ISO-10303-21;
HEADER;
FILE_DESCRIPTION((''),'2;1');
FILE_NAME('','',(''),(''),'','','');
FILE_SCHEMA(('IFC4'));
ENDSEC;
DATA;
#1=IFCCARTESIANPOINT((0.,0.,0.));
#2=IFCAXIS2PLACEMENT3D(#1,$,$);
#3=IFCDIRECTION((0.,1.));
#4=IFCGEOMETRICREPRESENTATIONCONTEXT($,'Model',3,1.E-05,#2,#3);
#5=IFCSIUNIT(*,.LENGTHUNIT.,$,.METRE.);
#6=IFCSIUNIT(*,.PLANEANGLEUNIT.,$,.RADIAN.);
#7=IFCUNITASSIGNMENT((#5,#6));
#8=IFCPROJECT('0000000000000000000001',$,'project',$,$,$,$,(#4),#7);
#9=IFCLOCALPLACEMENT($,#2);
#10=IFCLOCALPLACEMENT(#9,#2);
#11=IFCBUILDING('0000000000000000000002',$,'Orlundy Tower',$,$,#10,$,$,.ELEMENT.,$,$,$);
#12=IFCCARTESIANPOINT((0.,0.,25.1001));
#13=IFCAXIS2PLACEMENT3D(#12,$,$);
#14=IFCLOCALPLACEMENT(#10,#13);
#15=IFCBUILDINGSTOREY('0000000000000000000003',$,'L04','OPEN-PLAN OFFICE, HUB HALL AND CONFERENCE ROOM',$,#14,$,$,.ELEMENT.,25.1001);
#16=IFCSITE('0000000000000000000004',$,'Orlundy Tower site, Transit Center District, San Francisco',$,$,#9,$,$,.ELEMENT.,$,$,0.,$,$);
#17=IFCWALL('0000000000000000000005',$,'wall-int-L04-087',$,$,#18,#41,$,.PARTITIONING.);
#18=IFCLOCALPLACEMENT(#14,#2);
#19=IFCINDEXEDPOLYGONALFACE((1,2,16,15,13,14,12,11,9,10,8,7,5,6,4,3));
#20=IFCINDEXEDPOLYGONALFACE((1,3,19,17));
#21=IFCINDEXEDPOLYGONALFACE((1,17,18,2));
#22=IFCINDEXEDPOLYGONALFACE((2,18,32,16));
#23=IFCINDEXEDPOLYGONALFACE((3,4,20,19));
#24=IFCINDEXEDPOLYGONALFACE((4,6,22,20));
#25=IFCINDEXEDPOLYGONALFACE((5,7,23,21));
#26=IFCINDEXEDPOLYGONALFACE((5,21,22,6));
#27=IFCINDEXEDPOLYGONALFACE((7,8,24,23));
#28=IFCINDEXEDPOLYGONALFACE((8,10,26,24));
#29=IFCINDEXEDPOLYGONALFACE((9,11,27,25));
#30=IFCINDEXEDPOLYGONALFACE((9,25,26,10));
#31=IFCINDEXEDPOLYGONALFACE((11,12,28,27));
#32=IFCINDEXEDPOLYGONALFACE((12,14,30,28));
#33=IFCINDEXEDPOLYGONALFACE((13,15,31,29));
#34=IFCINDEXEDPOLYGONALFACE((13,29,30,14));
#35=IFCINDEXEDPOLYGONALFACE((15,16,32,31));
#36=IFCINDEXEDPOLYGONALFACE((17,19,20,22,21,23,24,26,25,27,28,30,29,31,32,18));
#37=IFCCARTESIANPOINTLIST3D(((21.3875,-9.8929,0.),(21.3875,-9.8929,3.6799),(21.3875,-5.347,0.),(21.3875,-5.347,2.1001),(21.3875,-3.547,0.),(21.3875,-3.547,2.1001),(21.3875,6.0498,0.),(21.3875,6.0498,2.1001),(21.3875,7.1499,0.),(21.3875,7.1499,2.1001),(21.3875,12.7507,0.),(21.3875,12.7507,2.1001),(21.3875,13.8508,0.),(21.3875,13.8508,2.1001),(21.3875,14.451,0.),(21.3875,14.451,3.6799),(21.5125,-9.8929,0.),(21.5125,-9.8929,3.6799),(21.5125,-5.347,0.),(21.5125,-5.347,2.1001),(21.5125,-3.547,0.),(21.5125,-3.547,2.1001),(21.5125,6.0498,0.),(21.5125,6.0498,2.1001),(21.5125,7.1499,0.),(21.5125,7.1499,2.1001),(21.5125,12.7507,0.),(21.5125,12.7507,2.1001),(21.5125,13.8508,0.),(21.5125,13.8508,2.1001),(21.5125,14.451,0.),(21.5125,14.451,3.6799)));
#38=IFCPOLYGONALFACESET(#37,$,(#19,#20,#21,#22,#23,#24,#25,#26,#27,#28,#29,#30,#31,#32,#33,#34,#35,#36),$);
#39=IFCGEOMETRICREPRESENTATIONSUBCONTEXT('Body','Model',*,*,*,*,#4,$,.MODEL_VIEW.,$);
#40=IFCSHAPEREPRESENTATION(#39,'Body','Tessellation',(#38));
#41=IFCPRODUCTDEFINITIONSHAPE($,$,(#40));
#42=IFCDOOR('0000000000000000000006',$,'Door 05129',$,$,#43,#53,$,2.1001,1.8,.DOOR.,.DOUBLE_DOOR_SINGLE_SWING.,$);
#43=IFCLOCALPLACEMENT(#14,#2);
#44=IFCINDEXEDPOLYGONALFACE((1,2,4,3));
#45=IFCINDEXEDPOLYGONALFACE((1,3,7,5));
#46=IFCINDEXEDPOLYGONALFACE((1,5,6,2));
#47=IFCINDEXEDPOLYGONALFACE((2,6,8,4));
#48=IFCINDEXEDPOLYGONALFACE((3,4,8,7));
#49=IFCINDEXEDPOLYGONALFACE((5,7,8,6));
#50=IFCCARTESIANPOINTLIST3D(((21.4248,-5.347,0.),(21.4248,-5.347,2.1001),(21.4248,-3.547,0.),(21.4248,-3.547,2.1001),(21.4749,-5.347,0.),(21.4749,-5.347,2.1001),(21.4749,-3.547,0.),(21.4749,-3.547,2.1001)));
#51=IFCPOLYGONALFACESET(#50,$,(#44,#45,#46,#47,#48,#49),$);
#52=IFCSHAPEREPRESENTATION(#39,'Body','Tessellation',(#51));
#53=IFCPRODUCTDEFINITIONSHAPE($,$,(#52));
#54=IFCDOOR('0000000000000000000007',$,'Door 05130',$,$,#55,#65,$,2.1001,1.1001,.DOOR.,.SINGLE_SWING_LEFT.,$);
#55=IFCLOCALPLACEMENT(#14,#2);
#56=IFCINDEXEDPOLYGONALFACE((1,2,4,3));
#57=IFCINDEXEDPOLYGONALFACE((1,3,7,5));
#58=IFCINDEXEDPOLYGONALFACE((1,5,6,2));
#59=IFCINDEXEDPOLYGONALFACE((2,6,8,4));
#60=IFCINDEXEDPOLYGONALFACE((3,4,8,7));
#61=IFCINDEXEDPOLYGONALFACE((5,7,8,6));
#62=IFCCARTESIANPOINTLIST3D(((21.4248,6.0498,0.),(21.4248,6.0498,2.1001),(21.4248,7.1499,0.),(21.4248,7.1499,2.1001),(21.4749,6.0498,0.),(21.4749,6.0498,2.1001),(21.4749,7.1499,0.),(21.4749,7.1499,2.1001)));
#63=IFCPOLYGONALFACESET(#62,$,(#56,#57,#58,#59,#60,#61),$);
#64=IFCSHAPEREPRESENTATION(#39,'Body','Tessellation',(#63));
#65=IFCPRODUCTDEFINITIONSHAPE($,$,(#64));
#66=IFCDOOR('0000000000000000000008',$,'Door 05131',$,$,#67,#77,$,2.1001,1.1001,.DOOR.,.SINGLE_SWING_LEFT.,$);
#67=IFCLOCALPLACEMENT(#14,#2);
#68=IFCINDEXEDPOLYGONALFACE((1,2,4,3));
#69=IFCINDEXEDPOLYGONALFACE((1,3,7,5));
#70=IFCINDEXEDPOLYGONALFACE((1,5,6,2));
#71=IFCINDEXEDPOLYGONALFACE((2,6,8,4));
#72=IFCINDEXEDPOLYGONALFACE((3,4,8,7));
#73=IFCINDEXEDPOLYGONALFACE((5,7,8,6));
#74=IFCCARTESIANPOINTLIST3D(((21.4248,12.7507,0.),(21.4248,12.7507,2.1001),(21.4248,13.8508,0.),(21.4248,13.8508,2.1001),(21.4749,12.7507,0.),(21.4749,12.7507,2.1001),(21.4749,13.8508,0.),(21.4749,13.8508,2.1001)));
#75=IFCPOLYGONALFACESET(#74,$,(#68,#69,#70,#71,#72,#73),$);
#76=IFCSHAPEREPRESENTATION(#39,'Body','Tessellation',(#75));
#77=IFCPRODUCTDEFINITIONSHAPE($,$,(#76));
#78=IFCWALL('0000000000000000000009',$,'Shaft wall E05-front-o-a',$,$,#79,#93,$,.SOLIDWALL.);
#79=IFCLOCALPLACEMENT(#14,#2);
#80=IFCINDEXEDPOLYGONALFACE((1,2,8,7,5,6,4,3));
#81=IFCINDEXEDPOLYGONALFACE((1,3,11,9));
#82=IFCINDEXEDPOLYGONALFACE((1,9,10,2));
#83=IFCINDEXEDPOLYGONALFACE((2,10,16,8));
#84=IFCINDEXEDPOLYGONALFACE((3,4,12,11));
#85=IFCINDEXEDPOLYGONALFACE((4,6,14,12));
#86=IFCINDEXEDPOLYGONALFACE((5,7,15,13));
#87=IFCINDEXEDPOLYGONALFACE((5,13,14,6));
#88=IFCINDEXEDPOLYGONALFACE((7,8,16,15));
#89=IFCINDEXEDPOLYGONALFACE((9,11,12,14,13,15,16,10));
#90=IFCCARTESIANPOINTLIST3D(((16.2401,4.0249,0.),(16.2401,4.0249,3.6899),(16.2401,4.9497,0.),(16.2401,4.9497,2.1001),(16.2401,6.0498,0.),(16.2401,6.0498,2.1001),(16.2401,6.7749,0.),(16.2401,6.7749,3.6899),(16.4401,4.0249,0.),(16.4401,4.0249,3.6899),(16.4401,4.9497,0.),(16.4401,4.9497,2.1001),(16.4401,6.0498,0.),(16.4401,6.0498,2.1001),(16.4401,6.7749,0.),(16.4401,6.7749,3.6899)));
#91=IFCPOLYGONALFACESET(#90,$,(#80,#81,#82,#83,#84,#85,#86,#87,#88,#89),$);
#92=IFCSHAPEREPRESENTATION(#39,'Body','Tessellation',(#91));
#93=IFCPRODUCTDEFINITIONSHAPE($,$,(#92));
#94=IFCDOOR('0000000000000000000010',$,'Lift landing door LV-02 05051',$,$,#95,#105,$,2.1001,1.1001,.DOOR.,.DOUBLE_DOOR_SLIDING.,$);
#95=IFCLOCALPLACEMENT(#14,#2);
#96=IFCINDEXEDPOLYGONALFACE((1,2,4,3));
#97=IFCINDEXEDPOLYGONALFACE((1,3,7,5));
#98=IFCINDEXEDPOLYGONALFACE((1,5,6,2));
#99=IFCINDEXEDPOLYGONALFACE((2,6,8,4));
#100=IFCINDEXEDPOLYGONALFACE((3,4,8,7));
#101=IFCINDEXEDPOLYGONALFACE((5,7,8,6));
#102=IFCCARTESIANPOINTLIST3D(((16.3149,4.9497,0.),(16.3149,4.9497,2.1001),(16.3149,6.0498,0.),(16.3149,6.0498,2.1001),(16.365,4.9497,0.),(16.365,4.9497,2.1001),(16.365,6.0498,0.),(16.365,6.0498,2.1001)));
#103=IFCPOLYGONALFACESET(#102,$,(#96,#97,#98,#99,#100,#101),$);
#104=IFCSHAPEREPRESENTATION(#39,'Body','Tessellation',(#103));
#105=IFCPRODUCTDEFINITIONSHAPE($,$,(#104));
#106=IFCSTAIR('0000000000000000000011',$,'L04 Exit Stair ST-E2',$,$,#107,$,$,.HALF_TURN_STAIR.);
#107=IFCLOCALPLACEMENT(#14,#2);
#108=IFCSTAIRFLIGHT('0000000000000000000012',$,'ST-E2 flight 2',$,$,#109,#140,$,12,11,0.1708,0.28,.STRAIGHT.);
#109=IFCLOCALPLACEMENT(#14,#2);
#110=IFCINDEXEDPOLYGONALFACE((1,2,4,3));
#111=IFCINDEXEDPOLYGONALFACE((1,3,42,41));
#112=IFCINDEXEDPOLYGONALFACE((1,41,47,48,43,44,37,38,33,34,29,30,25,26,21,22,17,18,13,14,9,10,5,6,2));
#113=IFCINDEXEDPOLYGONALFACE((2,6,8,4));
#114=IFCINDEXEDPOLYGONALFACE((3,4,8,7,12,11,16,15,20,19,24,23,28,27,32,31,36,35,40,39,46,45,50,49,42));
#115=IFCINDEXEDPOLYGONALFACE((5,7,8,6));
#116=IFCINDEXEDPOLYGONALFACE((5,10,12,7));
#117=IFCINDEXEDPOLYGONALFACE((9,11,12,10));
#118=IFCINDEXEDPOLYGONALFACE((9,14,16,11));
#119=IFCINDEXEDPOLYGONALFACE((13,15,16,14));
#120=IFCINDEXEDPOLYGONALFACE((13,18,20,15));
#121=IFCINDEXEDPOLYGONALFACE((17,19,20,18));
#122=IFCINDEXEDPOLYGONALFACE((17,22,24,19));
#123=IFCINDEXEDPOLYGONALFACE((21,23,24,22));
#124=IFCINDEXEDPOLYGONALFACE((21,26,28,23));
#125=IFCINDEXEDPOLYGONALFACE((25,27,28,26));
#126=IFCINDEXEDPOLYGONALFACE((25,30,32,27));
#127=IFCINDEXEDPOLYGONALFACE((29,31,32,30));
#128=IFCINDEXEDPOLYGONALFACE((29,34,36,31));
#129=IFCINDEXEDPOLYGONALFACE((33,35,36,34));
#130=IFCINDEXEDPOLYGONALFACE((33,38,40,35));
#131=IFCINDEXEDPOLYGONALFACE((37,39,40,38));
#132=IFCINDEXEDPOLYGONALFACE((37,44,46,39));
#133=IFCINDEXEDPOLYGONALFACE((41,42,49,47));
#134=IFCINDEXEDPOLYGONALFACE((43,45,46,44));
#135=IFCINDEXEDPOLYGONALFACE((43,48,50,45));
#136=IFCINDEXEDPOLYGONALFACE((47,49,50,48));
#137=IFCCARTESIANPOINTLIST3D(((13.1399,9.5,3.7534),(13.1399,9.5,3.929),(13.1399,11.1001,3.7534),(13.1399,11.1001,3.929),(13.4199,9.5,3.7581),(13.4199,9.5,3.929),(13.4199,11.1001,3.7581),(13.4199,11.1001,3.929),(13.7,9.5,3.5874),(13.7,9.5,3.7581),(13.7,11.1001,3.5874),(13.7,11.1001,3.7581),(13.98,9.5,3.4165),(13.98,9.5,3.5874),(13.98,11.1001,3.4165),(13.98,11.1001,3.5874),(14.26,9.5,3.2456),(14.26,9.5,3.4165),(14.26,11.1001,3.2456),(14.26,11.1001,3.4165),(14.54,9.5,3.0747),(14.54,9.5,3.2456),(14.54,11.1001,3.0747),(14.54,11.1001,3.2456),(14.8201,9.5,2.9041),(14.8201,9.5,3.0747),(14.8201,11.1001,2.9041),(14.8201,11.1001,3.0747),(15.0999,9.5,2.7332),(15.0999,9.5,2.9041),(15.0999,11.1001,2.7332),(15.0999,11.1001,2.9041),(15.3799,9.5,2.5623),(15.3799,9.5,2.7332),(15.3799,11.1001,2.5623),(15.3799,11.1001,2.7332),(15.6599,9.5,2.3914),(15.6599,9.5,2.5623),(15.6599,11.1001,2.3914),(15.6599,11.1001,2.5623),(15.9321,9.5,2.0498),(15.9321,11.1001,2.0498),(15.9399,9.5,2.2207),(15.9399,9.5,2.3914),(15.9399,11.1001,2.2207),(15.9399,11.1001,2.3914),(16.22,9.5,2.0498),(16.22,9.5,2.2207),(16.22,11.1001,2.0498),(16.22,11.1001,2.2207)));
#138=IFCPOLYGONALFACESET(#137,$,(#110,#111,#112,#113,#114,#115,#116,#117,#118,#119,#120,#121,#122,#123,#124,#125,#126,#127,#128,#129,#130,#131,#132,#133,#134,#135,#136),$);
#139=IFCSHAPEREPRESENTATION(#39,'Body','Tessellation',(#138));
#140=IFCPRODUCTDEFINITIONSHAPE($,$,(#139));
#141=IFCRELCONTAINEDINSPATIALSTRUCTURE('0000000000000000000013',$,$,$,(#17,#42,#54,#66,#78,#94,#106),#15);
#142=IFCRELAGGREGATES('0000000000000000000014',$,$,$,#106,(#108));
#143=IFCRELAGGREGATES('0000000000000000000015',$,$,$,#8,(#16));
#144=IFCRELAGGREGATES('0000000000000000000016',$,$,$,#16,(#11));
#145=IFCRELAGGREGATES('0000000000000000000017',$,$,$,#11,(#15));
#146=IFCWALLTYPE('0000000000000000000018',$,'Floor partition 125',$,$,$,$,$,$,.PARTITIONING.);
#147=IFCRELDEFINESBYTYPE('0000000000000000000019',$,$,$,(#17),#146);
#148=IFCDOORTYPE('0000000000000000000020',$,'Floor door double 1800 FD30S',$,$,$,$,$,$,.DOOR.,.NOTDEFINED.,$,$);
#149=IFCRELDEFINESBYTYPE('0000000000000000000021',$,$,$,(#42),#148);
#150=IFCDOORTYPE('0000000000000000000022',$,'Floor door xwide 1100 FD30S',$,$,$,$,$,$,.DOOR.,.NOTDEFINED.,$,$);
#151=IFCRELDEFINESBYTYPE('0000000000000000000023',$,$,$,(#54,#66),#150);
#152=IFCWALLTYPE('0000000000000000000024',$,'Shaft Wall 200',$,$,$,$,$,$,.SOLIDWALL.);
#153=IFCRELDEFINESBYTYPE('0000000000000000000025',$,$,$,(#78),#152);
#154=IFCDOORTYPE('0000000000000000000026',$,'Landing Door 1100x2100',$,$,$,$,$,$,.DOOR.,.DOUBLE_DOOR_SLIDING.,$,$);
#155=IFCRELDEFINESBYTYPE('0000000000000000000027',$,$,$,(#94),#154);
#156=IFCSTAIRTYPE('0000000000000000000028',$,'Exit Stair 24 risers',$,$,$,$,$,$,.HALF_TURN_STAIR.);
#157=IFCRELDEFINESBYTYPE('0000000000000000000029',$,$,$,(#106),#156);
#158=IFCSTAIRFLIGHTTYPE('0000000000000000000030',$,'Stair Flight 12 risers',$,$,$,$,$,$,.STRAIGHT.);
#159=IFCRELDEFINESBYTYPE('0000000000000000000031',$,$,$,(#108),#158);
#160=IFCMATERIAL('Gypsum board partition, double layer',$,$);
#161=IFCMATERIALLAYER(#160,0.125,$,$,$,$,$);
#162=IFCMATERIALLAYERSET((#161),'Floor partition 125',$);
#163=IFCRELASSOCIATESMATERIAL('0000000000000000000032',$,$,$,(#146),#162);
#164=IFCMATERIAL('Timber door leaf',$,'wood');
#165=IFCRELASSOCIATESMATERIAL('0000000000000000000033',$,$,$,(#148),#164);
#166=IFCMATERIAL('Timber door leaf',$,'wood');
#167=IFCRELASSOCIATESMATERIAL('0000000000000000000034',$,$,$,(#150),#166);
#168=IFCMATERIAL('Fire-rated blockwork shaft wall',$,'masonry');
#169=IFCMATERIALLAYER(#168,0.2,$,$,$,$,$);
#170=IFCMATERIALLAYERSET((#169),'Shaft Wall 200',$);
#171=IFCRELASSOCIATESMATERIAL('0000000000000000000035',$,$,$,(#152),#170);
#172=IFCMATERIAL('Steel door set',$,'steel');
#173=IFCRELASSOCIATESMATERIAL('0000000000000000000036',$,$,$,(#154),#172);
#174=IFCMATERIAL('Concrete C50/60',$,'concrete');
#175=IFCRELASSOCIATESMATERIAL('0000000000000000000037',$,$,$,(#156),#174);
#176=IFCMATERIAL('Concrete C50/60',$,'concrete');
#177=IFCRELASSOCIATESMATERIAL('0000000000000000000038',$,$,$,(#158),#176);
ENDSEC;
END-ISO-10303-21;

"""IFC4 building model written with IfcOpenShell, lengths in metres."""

from ifc_helpers import new_model, si_unit, direction, frame, frame_2d, origin, place, context, subcontext, project, spatial, polyline, rectangle, outline, extrude, material, layer, layer_set, type_object, element, fill, aggregate, save


model = new_model("IFC4")

# Units and contexts
model_context = context("Model", 3, precision=1e-05, world=origin(), true_north=direction((0.0, 1.0)))
body_context = subcontext(model_context, "Body", "Model", "MODEL_VIEW")
ifc_project = project(units=[si_unit("LENGTHUNIT", "METRE"), si_unit("PLANEANGLEUNIT", "RADIAN")], contexts=[model_context])

# Site, building, storey
site_placement = place(None, origin())
site = spatial("IfcSite", under=ifc_project, at=site_placement, Name="Orlundy Tower site, Transit Center District, San Francisco", CompositionType="ELEMENT", RefElevation=0.0)
building_placement = place(site_placement, origin())
building = spatial("IfcBuilding", under=site, at=building_placement, Name="Orlundy Tower", CompositionType="ELEMENT")
storey_placement = place(building_placement, frame((0.0, 0.0, 25.1001)))
storey = spatial("IfcBuildingStorey", under=building, at=storey_placement, Name="L04", Description="OPEN-PLAN OFFICE, HUB HALL AND CONFERENCE ROOM", CompositionType="ELEMENT", Elevation=25.1001)

# Wall, openings, doors
ifc_material_1 = material(Name="Gypsum board partition, double layer")
ifc_layer_1 = layer(ifc_material_1, 0.125)
ifc_layer_set_1 = layer_set([ifc_layer_1], Name="Floor partition 125")
wall_type_1 = type_object("IfcWallType", Name="Floor partition 125", PredefinedType="PARTITIONING", material=ifc_layer_set_1)
wall_1_placement = place(storey_placement, frame((21.45, 14.4509, 0.0), z_axis=(0.0, 0.0, 1.0), x_axis=(0.0, -1.0, 0.0)))
wall_1 = element("IfcWall", 1, at=wall_1_placement, inside=storey, type_object=wall_type_1, Name="wall-int-L04-087", PredefinedType="PARTITIONING", context=body_context, shape_type="SweptSolid", body=[
    extrude(rectangle(XDim=24.344, YDim=0.125, at=frame_2d((12.1719, 0.0))), origin(), (0.0, 0.0, 1.0), 3.6799),
])
opening_1_placement = place(wall_1_placement, frame((17.998, 0.0, 0.0)))
opening_1 = element("IfcOpeningElement", 2, at=opening_1_placement, cuts=wall_1, PredefinedType="OPENING", context=body_context, shape_type="SweptSolid", body=[
    extrude(rectangle(XDim=1.8, YDim=2.1001, at=frame_2d((0.8999, 1.05))), frame((0.0, 0.0725, 0.0), z_axis=(0.0, -1.0, 0.0), x_axis=(1.0, 0.0, 0.0)), (0.0, 0.0, 1.0), 0.145),
])
opening_2_placement = place(wall_1_placement, frame((7.301, 0.0, 0.0)))
opening_2 = element("IfcOpeningElement", 3, at=opening_2_placement, cuts=wall_1, PredefinedType="OPENING", context=body_context, shape_type="SweptSolid", body=[
    extrude(rectangle(XDim=1.1001, YDim=2.1001, at=frame_2d((0.55, 1.05))), frame((0.0, 0.0725, 0.0), z_axis=(0.0, -1.0, 0.0), x_axis=(1.0, 0.0, 0.0)), (0.0, 0.0, 1.0), 0.145),
])
opening_3_placement = place(wall_1_placement, frame((0.6001, 0.0, 0.0)))
opening_3 = element("IfcOpeningElement", 4, at=opening_3_placement, cuts=wall_1, PredefinedType="OPENING", context=body_context, shape_type="SweptSolid", body=[
    extrude(rectangle(XDim=1.1001, YDim=2.1001, at=frame_2d((0.55, 1.05))), frame((0.0, 0.0725, 0.0), z_axis=(0.0, -1.0, 0.0), x_axis=(1.0, 0.0, 0.0)), (0.0, 0.0, 1.0), 0.145),
])
ifc_material_2 = material(Name="Timber door leaf", Category="wood")
door_type_1 = type_object("IfcDoorType", Name="Floor door double 1800 FD30S", OperationType="NOTDEFINED", PredefinedType="DOOR", material=ifc_material_2)
door_1_placement = place(opening_1_placement, origin())
door_1 = element("IfcDoor", 5, at=door_1_placement, inside=storey, type_object=door_type_1, Name="Door 05129", OperationType="DOUBLE_DOOR_SINGLE_SWING", OverallHeight=2.1001, OverallWidth=1.8, PredefinedType="DOOR", context=body_context, shape_type="SweptSolid", body=[
    extrude(rectangle(XDim=1.8, YDim=2.1001, at=frame_2d((0.8999, 1.05))), frame((0.0, 0.0249, 0.0), z_axis=(0.0, -1.0, 0.0), x_axis=(1.0, 0.0, 0.0)), (0.0, 0.0, 1.0), 0.05),
])
fill(opening_1, door_1)
ifc_material_3 = material(Name="Timber door leaf", Category="wood")
door_type_2 = type_object("IfcDoorType", Name="Floor door xwide 1100 FD30S", OperationType="NOTDEFINED", PredefinedType="DOOR", material=ifc_material_3)
door_2_placement = place(opening_2_placement, origin())
door_2 = element("IfcDoor", 6, at=door_2_placement, inside=storey, type_object=door_type_2, Name="Door 05130", OperationType="SINGLE_SWING_LEFT", OverallHeight=2.1001, OverallWidth=1.1001, PredefinedType="DOOR", context=body_context, shape_type="SweptSolid", body=[
    extrude(rectangle(XDim=1.1001, YDim=2.1001, at=frame_2d((0.55, 1.05))), frame((0.0, 0.0249, 0.0), z_axis=(0.0, -1.0, 0.0), x_axis=(1.0, 0.0, 0.0)), (0.0, 0.0, 1.0), 0.05),
])
fill(opening_2, door_2)
door_3_placement = place(opening_3_placement, origin())
door_3 = element("IfcDoor", 7, at=door_3_placement, inside=storey, type_object=door_type_2, Name="Door 05131", OperationType="SINGLE_SWING_LEFT", OverallHeight=2.1001, OverallWidth=1.1001, PredefinedType="DOOR", context=body_context, shape_type="SweptSolid", body=[
    extrude(rectangle(XDim=1.1001, YDim=2.1001, at=frame_2d((0.55, 1.05))), frame((0.0, 0.0249, 0.0), z_axis=(0.0, -1.0, 0.0), x_axis=(1.0, 0.0, 0.0)), (0.0, 0.0, 1.0), 0.05),
])
fill(opening_3, door_3)

# Wall, opening, door
ifc_material_4 = material(Name="Fire-rated blockwork shaft wall", Category="masonry")
ifc_layer_2 = layer(ifc_material_4, 0.2)
ifc_layer_set_2 = layer_set([ifc_layer_2], Name="Shaft Wall 200")
wall_type_2 = type_object("IfcWallType", Name="Shaft Wall 200", PredefinedType="SOLIDWALL", material=ifc_layer_set_2)
wall_2_placement = place(storey_placement, frame((16.3401, 6.7749, 0.0), z_axis=(0.0, 0.0, 1.0), x_axis=(0.0, -1.0, 0.0)))
wall_2 = element("IfcWall", 8, at=wall_2_placement, inside=storey, type_object=wall_type_2, Name="Shaft wall E05-front-o-a", PredefinedType="SOLIDWALL", context=body_context, shape_type="SweptSolid", body=[
    extrude(rectangle(XDim=2.75, YDim=0.2, at=frame_2d((1.375, 0.0))), origin(), (0.0, 0.0, 1.0), 3.6899),
])
opening_4_placement = place(wall_2_placement, frame((0.7251, 0.0, 0.0)))
opening_4 = element("IfcOpeningElement", 9, at=opening_4_placement, cuts=wall_2, PredefinedType="OPENING", context=body_context, shape_type="SweptSolid", body=[
    extrude(rectangle(XDim=1.1001, YDim=2.1001, at=frame_2d((0.55, 1.05))), frame((0.0, 0.1101, 0.0), z_axis=(0.0, -1.0, 0.0), x_axis=(1.0, 0.0, 0.0)), (0.0, 0.0, 1.0), 0.2202),
])
ifc_material_5 = material(Name="Steel door set", Category="steel")
door_type_3 = type_object("IfcDoorType", Name="Landing Door 1100x2100", OperationType="DOUBLE_DOOR_SLIDING", PredefinedType="DOOR", material=ifc_material_5)
door_4_placement = place(opening_4_placement, origin())
door_4 = element("IfcDoor", 10, at=door_4_placement, inside=storey, type_object=door_type_3, Name="Lift landing door LV-02 05051", OperationType="DOUBLE_DOOR_SLIDING", OverallHeight=2.1001, OverallWidth=1.1001, PredefinedType="DOOR", context=body_context, shape_type="SweptSolid", body=[
    extrude(rectangle(XDim=1.1001, YDim=2.1001, at=frame_2d((0.55, 1.05))), frame((0.0, 0.0249, 0.0), z_axis=(0.0, -1.0, 0.0), x_axis=(1.0, 0.0, 0.0)), (0.0, 0.0, 1.0), 0.05),
])
fill(opening_4, door_4)

# Stair, stair flight
ifc_material_6 = material(Name="Concrete C50/60", Category="concrete")
stair_type = type_object("IfcStairType", Name="Exit Stair 24 risers", PredefinedType="HALF_TURN_STAIR", material=ifc_material_6)
stair_placement = place(storey_placement, origin())
stair = element("IfcStair", 11, at=stair_placement, inside=storey, type_object=stair_type, Name="L04 Exit Stair ST-E2", PredefinedType="HALF_TURN_STAIR")
ifc_material_7 = material(Name="Concrete C50/60", Category="concrete")
stair_flight_type = type_object("IfcStairFlightType", Name="Stair Flight 12 risers", PredefinedType="STRAIGHT", material=ifc_material_7)
stair_flight_placement = place(storey_placement, frame((16.22, 10.3, 2.0498), z_axis=(0.0, 0.0, 1.0), x_axis=(-1.0, 0.0, 0.0)))
stair_flight = element("IfcStairFlight", 12, at=stair_flight_placement, type_object=stair_flight_type, Name="ST-E2 flight 2", NumberOfRisers=12, NumberOfTreads=11, PredefinedType="STRAIGHT", RiserHeight=0.1708, TreadLength=0.28, context=body_context, shape_type="SweptSolid", body=[
    extrude(outline(polyline([(0.0, 0.0), (0.0, 0.1709), (0.28, 0.1709), (0.28, 0.3416), (0.5601, 0.3416), (0.5601, 0.5125), (0.8401, 0.5125), (0.8401, 0.6833), (1.1201, 0.6833), (1.1201, 0.8542), (1.3999, 0.8542), (1.3999, 1.0249), (1.6799, 1.0249), (1.6799, 1.1958), (1.96, 1.1958), (1.96, 1.3667), (2.24, 1.3667), (2.24, 1.5376), (2.52, 1.5376), (2.52, 1.7083), (2.8, 1.7083), (2.8, 1.8792), (3.0801, 1.8792), (3.0801, 2.05), (3.0801, 1.7036), (0.2878, 0.0), (0.0, 0.0)])), frame((0.0, 0.8, 0.0), z_axis=(0.0, -1.0, 0.0), x_axis=(1.0, 0.0, 0.0)), (0.0, 0.0, 1.0), 1.6001),
])
aggregate(stair, [stair_flight])

save(model, "model.ifc")
